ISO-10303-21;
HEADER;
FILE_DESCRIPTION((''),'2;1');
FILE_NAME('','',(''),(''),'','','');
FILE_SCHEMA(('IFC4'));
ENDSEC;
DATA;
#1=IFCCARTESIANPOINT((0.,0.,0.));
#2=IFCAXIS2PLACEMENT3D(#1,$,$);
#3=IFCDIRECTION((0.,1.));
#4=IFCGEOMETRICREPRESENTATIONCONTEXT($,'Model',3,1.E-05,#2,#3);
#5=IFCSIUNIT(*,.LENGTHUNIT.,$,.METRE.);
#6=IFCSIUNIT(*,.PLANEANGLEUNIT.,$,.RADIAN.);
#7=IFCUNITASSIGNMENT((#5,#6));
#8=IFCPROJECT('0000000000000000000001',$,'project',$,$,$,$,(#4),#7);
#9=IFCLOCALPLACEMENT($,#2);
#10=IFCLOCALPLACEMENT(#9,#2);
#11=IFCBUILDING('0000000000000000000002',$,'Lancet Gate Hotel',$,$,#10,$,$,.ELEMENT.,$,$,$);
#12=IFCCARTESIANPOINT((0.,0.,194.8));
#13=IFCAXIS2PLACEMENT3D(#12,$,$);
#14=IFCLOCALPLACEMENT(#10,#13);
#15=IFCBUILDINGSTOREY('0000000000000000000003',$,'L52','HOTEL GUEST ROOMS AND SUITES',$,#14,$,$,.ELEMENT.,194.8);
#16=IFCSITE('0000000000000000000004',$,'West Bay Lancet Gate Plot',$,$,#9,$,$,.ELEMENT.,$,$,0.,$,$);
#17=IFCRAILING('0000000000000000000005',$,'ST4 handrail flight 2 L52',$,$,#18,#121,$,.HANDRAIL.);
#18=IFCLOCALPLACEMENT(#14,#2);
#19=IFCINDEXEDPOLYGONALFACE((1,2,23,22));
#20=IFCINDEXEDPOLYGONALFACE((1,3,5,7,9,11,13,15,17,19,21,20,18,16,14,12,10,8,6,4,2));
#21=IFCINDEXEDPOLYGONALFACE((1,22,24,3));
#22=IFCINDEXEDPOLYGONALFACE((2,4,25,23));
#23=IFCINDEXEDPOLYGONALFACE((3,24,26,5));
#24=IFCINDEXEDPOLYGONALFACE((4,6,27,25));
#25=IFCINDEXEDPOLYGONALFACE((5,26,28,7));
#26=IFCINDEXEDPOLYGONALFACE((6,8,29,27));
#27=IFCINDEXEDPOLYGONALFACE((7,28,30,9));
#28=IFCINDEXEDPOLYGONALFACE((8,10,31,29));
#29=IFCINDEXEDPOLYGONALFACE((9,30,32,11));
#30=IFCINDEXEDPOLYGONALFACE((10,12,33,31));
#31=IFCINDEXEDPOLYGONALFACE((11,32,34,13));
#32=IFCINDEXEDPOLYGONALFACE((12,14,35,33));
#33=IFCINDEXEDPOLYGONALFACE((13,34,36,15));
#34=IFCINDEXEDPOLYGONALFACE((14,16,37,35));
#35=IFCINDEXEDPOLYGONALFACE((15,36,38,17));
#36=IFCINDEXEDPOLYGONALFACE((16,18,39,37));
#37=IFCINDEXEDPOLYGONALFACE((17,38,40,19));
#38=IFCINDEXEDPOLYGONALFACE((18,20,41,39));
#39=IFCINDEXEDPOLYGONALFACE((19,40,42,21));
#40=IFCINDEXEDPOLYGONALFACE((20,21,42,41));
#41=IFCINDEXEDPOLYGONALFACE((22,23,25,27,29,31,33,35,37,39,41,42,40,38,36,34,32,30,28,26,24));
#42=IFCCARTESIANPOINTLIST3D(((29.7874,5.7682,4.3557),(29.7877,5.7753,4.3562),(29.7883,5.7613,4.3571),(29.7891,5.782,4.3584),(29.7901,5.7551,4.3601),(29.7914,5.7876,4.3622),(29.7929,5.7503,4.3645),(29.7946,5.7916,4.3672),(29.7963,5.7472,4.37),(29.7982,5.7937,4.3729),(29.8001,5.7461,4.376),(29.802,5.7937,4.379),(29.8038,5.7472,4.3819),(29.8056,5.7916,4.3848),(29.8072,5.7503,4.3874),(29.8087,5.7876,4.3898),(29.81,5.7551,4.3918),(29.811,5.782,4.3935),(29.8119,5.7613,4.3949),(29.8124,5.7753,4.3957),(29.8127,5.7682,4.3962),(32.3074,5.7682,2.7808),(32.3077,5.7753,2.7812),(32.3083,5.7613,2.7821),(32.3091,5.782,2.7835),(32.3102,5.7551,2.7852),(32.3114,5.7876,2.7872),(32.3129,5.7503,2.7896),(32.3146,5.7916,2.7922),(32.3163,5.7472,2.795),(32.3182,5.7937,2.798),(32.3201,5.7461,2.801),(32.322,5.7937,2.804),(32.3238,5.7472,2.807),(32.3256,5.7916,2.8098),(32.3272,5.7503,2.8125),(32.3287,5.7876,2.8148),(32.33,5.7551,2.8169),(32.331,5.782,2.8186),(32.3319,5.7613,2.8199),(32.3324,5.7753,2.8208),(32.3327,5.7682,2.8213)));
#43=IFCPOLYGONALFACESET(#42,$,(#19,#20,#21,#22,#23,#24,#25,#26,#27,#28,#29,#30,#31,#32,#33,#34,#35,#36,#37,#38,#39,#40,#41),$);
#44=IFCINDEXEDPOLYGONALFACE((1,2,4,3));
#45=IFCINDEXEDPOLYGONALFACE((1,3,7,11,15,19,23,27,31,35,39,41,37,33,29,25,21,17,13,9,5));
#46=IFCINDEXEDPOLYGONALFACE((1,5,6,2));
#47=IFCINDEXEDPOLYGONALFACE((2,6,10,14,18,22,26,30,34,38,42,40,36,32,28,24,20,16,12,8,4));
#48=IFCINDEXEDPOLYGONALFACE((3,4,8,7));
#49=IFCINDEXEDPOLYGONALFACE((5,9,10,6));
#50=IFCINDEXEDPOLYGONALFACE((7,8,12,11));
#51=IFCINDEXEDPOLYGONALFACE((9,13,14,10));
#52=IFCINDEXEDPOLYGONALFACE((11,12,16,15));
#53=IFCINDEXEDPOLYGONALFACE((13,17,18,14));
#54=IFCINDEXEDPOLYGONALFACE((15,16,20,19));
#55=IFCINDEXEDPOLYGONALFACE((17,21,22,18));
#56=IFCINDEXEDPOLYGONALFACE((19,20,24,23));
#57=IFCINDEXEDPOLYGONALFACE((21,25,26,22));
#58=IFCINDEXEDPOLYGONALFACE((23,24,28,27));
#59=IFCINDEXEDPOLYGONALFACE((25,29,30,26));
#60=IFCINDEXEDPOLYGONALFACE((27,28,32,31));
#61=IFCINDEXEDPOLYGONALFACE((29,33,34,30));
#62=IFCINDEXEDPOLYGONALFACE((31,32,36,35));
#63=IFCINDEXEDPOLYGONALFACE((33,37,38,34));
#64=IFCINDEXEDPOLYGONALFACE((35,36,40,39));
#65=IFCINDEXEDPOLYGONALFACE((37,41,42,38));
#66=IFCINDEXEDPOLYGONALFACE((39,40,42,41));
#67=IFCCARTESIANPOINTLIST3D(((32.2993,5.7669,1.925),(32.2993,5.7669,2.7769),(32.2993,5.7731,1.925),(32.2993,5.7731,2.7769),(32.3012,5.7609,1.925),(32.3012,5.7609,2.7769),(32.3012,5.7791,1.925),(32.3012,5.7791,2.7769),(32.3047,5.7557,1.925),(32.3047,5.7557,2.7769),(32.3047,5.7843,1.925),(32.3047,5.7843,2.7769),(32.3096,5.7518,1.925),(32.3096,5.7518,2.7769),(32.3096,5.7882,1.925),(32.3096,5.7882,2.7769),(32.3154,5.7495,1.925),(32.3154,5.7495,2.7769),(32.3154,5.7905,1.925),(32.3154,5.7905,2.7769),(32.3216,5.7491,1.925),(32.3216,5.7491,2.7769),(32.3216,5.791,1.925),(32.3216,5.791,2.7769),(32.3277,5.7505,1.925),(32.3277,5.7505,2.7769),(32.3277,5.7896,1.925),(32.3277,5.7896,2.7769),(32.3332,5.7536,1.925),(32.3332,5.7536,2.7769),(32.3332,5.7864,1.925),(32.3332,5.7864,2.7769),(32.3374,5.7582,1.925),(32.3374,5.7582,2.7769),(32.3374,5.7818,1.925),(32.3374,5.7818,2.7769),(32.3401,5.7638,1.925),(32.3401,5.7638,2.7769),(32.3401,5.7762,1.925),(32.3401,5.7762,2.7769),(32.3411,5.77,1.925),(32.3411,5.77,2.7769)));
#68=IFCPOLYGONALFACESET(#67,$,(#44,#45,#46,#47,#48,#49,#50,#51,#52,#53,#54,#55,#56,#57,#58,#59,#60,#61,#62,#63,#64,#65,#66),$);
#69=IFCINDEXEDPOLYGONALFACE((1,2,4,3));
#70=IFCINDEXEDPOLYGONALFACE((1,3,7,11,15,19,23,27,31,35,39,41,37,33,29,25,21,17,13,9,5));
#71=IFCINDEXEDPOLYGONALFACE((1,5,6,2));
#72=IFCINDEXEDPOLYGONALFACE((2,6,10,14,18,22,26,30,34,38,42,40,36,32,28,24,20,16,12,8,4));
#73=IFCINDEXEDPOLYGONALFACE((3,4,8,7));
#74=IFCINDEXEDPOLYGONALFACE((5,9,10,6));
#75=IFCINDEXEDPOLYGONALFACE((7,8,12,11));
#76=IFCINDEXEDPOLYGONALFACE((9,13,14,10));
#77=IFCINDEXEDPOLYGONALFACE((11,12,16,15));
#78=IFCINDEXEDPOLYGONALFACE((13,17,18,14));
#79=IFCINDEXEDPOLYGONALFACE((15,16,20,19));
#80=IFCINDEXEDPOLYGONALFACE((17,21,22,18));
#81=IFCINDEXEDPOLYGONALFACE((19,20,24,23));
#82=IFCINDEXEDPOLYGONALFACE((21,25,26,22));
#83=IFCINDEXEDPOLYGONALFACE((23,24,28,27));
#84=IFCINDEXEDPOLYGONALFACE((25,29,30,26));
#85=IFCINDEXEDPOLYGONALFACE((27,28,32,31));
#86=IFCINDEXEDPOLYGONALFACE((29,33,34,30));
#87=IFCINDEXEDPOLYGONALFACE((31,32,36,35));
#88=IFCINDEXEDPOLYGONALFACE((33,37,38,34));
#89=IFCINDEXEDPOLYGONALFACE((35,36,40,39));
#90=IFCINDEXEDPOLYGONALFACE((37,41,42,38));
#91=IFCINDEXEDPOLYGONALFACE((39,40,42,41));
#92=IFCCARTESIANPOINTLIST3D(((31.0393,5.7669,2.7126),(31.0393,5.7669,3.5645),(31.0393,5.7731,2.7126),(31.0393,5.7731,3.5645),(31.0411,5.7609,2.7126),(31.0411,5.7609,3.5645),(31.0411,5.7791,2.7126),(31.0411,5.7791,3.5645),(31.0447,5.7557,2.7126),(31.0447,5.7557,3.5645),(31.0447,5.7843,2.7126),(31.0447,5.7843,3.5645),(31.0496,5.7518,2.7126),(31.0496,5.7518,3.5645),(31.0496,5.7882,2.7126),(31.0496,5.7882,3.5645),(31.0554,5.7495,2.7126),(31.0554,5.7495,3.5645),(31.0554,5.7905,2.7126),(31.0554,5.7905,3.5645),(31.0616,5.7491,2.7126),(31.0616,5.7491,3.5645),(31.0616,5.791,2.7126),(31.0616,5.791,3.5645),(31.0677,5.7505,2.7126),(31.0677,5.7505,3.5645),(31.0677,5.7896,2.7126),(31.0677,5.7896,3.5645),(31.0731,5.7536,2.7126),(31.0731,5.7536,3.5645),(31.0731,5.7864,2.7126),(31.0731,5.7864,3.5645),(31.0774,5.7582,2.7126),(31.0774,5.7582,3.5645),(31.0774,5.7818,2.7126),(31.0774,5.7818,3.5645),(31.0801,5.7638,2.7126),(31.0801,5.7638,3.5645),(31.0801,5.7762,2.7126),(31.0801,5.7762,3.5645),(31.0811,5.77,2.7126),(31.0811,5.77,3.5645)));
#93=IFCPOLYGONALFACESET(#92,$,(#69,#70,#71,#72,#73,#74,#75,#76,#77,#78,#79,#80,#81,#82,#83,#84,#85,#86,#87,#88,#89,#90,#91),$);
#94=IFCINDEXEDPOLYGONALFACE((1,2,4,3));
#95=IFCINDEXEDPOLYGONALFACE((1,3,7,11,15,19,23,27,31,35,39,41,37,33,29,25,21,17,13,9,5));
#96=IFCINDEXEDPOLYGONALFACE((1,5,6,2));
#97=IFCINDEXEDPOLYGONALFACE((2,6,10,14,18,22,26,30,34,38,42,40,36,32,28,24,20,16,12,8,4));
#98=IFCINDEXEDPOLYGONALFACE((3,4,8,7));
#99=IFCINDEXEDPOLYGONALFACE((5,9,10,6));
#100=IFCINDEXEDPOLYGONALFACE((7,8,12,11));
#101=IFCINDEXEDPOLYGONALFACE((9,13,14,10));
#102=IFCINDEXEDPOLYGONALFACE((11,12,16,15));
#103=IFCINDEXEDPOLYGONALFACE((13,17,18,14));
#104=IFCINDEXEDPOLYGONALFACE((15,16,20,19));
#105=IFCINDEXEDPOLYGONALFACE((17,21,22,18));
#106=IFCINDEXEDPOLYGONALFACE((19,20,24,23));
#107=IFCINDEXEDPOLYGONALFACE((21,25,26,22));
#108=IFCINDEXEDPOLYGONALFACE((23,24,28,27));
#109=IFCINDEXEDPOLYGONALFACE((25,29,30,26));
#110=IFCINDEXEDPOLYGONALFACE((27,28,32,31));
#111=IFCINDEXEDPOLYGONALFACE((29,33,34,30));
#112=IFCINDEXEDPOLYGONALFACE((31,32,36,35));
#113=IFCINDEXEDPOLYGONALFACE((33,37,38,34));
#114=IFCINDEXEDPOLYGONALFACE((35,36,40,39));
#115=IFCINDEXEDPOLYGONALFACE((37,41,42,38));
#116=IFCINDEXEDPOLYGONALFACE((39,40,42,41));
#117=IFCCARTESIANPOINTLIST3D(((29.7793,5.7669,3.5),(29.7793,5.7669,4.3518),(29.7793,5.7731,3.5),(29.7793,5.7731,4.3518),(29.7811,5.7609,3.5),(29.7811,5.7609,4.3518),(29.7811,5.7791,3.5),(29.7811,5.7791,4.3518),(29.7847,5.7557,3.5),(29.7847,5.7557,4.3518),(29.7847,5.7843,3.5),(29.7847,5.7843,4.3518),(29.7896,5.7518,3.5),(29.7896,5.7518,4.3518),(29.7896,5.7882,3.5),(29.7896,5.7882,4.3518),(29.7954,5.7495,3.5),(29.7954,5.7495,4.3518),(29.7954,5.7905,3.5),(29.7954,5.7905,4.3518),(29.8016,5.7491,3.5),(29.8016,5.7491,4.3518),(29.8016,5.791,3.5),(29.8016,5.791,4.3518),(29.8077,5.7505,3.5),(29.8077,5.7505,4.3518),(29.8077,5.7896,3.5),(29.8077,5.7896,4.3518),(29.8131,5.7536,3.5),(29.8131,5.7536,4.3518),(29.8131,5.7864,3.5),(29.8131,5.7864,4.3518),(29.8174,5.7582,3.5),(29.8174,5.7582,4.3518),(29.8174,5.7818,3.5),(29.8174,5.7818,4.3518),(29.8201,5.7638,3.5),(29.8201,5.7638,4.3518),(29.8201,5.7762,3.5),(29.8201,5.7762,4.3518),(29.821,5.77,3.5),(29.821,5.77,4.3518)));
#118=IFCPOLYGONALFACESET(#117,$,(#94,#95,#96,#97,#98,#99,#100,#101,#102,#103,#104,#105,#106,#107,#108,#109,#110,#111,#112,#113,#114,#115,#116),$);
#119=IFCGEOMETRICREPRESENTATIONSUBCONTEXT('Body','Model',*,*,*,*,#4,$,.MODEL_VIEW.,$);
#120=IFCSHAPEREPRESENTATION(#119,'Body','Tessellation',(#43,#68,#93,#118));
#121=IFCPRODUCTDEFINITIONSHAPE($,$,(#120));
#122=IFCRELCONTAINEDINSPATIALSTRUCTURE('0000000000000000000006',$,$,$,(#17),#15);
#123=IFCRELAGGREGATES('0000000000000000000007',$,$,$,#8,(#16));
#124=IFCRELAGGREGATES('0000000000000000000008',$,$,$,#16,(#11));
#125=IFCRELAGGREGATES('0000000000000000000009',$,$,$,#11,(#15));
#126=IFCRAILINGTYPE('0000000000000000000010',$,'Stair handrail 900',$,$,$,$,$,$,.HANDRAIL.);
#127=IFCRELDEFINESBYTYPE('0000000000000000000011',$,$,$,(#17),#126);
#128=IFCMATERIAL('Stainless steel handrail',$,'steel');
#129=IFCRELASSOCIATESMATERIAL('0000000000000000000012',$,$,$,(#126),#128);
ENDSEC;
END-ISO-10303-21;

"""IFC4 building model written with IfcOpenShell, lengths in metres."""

from ifc_helpers import new_model, si_unit, direction, frame, origin, origin_2d, place, context, subcontext, project, spatial, circle, extrude, material, type_object, element, save


model = new_model("IFC4")

# Units and contexts
model_context = context("Model", 3, precision=1e-05, world=origin(), true_north=direction((0.0, 1.0)))
body_context = subcontext(model_context, "Body", "Model", "MODEL_VIEW")
ifc_project = project(units=[si_unit("LENGTHUNIT", "METRE"), si_unit("PLANEANGLEUNIT", "RADIAN")], contexts=[model_context])

# Site, building, storey
site_placement = place(None, origin())
site = spatial("IfcSite", under=ifc_project, at=site_placement, Name="West Bay Lancet Gate Plot", CompositionType="ELEMENT", RefElevation=0.0)
building_placement = place(site_placement, origin())
building = spatial("IfcBuilding", under=site, at=building_placement, Name="Lancet Gate Hotel", CompositionType="ELEMENT")
storey_placement = place(building_placement, frame((0.0, 0.0, 194.8)))
storey = spatial("IfcBuildingStorey", under=building, at=storey_placement, Name="L52", Description="HOTEL GUEST ROOMS AND SUITES", CompositionType="ELEMENT", Elevation=194.8)

# Railing
ifc_material_1 = material(Name="Stainless steel handrail", Category="steel")
railing_type = type_object("IfcRailingType", Name="Stair handrail 900", PredefinedType="HANDRAIL", material=ifc_material_1)
railing_placement = place(storey_placement, frame((32.3201, 5.77, 1.925)))
element("IfcRailing", 1, at=railing_placement, inside=storey, type_object=railing_type, Name="ST4 handrail flight 2 L52", PredefinedType="HANDRAIL", context=body_context, shape_type="SweptSolid", body=[
    extrude(circle(Radius=0.0239, at=origin_2d()), frame((0.0, 0.0, 0.876), z_axis=(-0.848008, 0.0, 0.529984), x_axis=(0.0, -1.0, 0.0)), (0.0, 0.0, 1.0), 2.9717),
    extrude(circle(Radius=0.021, at=origin_2d()), origin(), (0.0, 0.0, 1.0), 0.8518),
    extrude(circle(Radius=0.021, at=origin_2d()), frame((-1.26, 0.0, 0.7876)), (0.0, 0.0, 1.0), 0.8518),
    extrude(circle(Radius=0.021, at=origin_2d()), frame((-2.52, 0.0, 1.575)), (0.0, 0.0, 1.0), 0.8518),
])

save(model, "model.ifc")
